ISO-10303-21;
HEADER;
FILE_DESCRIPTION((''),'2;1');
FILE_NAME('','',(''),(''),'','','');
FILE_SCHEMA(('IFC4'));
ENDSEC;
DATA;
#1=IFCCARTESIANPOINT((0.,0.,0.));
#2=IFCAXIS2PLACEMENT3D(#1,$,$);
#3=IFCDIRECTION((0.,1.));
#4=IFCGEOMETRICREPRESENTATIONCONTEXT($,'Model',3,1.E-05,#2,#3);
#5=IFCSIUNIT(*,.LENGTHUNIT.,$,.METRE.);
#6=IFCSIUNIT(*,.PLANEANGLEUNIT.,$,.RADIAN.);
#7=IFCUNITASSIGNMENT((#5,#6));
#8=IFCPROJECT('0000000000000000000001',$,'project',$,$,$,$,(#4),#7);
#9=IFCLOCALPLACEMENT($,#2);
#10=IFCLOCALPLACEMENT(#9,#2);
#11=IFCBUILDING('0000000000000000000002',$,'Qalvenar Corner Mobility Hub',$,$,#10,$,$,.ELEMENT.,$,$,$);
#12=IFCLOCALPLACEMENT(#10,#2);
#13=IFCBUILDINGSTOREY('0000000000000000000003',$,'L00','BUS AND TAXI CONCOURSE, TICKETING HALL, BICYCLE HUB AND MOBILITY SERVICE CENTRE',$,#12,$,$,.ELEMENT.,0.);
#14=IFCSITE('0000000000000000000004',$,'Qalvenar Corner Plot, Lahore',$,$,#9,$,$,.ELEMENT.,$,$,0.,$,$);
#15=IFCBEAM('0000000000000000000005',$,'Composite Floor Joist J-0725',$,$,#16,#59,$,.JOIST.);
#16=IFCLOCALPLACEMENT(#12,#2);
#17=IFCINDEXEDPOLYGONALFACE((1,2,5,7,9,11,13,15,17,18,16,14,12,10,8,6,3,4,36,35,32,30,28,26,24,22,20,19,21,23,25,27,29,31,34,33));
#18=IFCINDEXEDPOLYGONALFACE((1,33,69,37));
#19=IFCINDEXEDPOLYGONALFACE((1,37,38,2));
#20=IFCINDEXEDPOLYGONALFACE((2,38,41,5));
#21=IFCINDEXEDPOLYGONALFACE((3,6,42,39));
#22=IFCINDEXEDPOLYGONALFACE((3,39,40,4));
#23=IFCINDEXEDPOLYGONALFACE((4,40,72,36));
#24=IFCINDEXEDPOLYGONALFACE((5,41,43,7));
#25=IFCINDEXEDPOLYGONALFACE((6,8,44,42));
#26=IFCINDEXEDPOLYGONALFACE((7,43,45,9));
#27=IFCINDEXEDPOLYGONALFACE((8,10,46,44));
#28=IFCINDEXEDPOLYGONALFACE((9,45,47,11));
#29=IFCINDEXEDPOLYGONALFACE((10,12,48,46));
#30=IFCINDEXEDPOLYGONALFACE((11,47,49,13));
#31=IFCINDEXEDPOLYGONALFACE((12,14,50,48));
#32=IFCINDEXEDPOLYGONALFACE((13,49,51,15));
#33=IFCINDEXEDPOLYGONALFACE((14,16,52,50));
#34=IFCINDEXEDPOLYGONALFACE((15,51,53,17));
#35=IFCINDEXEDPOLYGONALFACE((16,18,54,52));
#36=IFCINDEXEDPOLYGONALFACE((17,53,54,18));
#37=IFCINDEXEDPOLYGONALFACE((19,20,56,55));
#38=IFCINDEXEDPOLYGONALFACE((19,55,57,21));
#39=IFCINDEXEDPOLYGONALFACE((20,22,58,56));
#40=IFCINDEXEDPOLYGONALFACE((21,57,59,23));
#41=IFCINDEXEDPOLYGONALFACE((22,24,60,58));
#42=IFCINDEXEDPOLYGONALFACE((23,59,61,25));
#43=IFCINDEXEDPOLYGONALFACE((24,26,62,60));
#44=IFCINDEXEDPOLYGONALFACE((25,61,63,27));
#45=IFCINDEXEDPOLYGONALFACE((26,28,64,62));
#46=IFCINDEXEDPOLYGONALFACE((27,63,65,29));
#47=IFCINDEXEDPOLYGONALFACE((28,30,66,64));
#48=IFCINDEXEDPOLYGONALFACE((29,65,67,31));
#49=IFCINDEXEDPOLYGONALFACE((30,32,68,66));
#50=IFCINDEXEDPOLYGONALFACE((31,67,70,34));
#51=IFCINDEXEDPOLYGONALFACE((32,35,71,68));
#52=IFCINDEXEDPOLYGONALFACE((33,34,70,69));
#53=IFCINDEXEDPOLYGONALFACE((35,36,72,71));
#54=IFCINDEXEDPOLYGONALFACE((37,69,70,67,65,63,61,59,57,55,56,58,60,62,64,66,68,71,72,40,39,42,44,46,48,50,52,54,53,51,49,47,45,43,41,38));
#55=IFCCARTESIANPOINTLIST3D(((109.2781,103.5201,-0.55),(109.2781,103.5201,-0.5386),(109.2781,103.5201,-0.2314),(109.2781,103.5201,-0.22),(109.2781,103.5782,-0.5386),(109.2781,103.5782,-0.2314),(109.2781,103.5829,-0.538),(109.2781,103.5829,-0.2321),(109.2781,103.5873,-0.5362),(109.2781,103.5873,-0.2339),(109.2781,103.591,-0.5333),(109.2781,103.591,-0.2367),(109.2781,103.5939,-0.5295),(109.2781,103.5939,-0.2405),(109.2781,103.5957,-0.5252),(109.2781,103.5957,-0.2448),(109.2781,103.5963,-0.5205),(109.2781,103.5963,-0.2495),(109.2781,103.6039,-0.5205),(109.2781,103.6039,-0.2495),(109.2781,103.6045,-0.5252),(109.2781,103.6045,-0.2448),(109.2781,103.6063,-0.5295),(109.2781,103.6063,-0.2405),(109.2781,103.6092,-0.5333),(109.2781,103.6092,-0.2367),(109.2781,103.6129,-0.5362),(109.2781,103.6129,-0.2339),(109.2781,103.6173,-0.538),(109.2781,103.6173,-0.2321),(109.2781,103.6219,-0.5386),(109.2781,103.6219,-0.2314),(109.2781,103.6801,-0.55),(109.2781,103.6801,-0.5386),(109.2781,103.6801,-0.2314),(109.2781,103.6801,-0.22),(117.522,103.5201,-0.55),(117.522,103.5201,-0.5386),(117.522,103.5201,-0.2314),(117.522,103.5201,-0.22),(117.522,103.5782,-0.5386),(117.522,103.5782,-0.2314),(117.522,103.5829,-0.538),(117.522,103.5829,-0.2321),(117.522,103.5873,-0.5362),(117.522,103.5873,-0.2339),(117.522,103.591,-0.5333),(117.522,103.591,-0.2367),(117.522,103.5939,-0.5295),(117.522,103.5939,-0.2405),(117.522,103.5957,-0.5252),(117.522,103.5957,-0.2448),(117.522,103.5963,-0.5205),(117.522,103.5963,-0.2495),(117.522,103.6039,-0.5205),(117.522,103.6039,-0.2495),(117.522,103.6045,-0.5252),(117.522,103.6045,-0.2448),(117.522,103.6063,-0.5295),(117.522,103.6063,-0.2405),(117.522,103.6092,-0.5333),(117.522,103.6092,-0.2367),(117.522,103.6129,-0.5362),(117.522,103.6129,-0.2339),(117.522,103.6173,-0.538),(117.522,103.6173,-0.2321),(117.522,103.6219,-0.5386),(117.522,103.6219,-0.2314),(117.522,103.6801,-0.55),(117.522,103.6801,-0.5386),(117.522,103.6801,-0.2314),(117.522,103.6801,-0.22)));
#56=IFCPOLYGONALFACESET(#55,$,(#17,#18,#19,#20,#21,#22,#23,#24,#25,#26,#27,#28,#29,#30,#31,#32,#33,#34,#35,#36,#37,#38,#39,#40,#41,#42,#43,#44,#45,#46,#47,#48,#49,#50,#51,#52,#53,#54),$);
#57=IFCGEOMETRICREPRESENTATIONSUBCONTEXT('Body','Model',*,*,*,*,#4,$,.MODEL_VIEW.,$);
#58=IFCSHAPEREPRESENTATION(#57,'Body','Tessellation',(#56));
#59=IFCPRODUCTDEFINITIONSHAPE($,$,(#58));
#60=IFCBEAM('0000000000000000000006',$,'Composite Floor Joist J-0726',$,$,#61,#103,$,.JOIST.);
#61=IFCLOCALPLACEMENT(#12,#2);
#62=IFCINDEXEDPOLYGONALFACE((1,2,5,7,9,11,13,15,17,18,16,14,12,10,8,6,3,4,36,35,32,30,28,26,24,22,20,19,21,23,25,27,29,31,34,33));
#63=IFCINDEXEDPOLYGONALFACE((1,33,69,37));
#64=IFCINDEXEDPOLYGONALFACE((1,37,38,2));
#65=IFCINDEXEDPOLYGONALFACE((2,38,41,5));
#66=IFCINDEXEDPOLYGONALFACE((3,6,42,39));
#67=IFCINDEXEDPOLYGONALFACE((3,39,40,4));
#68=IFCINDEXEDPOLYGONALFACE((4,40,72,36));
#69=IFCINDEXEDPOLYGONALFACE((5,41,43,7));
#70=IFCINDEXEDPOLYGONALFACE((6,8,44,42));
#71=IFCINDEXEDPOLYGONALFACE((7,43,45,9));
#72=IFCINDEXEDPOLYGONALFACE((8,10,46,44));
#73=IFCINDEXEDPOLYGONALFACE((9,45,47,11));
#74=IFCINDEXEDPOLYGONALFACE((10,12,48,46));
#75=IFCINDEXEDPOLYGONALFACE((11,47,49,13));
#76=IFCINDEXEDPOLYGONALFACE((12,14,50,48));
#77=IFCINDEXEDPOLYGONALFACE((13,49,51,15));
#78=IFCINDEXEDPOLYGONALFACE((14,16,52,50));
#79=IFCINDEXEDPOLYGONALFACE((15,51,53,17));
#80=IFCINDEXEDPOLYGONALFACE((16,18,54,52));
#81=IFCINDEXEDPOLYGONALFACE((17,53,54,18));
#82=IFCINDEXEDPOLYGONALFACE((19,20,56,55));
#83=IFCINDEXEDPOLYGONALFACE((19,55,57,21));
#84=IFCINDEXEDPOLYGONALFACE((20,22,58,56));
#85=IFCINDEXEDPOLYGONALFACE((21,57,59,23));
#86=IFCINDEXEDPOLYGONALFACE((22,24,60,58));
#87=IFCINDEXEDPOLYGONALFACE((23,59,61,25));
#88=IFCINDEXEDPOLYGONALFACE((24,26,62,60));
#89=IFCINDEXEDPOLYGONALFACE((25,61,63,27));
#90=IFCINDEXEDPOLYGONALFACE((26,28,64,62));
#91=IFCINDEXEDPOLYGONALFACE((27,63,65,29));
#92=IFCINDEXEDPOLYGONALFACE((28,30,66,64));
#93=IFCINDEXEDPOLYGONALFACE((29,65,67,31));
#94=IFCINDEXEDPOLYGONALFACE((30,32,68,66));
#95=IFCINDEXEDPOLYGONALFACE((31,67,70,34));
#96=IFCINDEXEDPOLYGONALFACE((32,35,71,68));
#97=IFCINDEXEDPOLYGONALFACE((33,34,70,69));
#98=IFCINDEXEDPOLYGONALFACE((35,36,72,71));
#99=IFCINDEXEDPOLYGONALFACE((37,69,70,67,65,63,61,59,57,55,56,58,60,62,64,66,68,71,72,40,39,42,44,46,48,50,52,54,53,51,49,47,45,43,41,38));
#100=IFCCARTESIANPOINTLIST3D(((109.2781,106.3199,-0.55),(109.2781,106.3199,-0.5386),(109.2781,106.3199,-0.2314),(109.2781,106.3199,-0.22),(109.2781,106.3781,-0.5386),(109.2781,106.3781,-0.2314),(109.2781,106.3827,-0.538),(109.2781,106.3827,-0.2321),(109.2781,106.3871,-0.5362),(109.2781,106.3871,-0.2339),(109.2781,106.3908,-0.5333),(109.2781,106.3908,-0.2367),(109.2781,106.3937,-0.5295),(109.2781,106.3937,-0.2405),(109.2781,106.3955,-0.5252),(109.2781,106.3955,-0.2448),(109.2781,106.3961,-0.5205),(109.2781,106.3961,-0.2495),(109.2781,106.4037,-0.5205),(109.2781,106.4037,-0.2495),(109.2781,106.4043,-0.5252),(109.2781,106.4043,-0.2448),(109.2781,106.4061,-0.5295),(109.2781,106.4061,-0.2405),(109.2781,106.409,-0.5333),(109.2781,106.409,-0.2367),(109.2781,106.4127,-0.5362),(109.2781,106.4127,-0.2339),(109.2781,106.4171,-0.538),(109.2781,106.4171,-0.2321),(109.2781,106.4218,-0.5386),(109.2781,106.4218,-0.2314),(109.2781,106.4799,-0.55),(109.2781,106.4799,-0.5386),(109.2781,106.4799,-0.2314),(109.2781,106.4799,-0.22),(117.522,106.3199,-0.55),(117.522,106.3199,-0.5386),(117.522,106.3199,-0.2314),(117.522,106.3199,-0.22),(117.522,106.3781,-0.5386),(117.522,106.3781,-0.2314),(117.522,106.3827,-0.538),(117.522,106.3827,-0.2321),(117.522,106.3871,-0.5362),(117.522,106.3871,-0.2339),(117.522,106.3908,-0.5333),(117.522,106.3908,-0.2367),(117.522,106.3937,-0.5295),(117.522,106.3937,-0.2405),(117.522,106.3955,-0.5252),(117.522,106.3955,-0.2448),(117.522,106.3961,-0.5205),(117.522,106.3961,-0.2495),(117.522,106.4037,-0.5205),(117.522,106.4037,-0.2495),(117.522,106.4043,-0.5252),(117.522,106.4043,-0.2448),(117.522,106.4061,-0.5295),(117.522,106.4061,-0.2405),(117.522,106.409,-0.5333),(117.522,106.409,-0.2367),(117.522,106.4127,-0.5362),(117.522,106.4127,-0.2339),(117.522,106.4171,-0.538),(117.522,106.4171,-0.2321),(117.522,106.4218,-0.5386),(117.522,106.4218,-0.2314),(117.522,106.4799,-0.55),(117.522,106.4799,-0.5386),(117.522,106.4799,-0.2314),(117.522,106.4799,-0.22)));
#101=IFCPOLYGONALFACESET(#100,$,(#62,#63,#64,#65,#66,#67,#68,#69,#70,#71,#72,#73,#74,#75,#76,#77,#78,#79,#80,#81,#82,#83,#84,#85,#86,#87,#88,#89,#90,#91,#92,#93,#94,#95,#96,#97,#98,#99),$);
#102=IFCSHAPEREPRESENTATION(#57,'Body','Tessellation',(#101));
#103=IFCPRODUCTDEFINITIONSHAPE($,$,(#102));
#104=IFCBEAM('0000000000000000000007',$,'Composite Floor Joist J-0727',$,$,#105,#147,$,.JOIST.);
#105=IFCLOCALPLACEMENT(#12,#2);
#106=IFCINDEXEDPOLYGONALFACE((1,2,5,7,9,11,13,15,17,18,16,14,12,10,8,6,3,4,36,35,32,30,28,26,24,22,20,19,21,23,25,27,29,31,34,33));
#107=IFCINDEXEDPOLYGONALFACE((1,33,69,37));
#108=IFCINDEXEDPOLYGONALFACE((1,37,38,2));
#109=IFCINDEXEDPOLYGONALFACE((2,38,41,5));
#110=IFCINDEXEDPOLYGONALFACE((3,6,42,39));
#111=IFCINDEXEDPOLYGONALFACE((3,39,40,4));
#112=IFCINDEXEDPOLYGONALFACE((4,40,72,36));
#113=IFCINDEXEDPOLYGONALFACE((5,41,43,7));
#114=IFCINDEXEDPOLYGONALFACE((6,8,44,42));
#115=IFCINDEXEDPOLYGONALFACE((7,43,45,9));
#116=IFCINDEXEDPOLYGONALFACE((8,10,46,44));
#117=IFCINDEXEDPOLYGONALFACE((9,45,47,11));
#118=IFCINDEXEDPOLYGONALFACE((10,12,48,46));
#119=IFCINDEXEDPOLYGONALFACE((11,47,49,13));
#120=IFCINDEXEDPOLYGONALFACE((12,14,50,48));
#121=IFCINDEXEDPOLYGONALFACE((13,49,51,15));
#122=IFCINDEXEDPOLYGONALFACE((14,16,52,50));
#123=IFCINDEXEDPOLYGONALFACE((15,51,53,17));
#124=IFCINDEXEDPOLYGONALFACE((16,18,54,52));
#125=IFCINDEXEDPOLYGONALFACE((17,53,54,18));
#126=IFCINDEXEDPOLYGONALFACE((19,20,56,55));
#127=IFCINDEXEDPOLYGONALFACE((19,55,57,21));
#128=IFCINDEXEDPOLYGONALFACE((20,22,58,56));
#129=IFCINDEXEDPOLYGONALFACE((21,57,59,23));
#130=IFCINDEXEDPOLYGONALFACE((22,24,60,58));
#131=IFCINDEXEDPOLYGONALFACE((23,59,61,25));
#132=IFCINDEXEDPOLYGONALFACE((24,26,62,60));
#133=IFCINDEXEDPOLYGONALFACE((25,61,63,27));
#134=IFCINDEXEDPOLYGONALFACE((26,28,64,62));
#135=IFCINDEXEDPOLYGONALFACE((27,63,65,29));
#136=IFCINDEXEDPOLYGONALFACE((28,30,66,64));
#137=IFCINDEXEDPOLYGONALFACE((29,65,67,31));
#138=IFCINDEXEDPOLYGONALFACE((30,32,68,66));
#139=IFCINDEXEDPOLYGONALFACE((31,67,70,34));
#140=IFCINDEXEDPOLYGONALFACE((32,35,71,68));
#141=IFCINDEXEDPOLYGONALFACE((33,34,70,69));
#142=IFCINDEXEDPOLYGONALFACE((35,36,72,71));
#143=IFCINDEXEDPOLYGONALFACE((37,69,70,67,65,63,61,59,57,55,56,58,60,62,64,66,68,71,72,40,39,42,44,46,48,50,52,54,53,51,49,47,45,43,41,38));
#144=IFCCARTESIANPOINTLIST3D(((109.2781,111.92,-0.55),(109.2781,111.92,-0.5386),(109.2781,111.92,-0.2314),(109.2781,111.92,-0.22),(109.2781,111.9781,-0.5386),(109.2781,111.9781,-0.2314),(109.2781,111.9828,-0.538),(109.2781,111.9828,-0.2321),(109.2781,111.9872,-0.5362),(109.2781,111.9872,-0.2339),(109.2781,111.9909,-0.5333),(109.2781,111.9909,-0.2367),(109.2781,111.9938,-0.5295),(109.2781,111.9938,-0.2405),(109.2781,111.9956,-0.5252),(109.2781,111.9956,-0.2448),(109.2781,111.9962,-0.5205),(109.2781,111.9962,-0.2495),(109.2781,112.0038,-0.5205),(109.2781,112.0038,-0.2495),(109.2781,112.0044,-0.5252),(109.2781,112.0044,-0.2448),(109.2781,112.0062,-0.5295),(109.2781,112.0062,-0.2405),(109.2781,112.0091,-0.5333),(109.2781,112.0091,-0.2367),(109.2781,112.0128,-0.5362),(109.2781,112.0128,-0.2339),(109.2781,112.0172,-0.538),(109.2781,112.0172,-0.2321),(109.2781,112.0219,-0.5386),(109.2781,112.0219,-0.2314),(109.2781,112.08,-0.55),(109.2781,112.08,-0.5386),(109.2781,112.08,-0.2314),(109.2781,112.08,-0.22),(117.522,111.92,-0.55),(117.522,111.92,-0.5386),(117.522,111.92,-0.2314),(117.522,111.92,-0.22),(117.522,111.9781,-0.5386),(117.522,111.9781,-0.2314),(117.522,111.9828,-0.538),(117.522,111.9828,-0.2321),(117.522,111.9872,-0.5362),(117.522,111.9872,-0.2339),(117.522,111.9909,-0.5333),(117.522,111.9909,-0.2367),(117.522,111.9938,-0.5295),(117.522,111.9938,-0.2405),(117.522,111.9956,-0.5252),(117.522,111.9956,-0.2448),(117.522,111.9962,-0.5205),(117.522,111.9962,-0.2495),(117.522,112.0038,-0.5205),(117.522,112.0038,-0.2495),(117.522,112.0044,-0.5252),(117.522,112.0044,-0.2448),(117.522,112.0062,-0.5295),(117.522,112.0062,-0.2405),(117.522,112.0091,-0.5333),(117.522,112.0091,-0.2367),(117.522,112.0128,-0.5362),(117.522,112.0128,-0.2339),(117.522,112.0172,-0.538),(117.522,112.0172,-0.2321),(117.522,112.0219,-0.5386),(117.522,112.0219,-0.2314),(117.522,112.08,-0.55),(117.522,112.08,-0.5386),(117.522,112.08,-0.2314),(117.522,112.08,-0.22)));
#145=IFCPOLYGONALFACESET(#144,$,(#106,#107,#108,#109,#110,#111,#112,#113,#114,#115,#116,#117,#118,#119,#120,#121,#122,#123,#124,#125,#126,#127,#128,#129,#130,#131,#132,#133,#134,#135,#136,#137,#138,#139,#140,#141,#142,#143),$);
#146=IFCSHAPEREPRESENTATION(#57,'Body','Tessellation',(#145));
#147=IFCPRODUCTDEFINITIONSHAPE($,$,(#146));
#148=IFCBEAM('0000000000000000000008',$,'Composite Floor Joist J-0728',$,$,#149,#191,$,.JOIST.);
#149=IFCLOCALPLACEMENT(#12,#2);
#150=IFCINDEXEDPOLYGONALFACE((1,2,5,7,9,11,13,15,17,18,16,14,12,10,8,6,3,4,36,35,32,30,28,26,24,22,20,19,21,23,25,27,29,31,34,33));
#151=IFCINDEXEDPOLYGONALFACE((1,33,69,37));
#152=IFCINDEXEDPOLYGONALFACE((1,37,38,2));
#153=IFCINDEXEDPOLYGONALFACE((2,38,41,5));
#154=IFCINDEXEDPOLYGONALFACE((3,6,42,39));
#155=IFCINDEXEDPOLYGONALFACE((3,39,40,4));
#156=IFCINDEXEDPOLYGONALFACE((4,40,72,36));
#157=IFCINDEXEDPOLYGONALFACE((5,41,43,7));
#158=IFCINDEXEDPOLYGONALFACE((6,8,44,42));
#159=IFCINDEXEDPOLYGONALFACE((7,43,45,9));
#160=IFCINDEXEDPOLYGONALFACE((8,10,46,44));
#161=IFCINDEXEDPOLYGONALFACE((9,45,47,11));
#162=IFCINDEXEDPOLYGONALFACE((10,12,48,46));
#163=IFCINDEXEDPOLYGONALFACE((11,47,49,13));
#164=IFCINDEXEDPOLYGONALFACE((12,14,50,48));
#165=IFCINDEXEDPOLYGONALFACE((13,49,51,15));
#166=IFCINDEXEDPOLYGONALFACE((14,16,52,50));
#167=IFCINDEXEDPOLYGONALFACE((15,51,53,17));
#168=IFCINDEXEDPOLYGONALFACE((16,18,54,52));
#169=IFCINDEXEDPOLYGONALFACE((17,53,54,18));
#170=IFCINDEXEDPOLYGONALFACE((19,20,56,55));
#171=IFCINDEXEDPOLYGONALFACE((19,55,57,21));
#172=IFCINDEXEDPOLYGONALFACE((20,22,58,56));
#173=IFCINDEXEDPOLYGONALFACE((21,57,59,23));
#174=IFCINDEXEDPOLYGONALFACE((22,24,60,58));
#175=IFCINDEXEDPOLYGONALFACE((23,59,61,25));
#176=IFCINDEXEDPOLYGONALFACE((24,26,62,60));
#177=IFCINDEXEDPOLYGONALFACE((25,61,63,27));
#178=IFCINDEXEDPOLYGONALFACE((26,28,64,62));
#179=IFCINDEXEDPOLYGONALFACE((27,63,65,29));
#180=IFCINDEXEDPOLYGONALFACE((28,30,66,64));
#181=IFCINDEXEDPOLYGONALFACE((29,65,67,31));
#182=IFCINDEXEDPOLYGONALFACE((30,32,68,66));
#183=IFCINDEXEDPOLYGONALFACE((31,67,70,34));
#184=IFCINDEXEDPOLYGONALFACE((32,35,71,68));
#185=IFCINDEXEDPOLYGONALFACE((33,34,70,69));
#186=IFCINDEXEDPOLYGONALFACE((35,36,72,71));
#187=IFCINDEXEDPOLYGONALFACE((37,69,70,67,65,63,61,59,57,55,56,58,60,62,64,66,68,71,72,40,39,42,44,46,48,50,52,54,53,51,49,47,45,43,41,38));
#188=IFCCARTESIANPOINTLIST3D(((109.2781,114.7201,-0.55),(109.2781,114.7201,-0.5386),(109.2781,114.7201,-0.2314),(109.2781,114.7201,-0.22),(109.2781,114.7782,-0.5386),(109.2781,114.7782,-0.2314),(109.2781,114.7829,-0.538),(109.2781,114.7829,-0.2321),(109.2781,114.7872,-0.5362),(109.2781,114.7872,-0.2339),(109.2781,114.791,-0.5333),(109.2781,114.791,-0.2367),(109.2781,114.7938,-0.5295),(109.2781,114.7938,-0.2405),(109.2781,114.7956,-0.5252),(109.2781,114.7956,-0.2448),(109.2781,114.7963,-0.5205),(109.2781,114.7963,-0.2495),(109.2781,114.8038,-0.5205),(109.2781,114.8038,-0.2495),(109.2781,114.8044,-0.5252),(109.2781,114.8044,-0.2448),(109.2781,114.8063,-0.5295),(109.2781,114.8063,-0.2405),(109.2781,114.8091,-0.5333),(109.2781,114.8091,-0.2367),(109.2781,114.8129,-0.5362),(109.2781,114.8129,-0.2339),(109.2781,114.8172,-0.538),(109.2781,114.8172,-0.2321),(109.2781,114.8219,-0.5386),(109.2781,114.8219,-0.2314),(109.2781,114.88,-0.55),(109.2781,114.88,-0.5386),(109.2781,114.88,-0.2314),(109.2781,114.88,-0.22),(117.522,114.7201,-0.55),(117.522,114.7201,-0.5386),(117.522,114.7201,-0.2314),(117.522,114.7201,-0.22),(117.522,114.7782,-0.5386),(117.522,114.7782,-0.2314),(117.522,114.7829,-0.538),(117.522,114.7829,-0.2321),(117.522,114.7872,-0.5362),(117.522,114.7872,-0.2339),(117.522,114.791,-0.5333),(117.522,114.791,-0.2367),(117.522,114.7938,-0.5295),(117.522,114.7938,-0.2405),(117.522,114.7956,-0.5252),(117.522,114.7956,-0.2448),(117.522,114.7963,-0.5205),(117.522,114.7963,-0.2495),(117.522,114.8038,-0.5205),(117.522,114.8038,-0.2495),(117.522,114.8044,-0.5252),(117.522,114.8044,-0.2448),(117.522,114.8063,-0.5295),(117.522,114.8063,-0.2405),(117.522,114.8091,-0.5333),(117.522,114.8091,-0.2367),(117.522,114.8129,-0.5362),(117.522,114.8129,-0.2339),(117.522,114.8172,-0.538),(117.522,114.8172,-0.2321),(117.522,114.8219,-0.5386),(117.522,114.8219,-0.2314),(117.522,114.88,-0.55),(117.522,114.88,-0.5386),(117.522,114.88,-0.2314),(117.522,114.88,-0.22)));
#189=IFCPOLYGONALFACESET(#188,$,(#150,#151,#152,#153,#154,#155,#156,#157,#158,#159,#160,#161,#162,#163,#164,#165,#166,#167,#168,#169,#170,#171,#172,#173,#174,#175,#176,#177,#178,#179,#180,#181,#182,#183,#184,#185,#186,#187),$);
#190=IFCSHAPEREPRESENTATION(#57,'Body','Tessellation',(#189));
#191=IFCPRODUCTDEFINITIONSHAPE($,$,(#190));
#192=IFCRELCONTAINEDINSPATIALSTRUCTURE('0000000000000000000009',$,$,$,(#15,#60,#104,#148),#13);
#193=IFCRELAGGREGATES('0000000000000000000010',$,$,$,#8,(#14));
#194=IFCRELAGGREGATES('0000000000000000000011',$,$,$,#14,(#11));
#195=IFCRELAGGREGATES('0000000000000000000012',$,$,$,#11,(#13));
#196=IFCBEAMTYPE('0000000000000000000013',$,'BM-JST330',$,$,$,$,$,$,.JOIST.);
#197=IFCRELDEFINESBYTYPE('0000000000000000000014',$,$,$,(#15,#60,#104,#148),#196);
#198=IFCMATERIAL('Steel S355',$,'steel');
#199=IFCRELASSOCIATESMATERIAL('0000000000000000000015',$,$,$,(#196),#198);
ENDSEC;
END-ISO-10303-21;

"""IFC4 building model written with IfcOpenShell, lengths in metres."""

from ifc_helpers import new_model, si_unit, direction, frame, origin, origin_2d, place, context, subcontext, project, spatial, i_section, extrude, material, material_profile, profile_set, type_object, element, save


model = new_model("IFC4")

# Units and contexts
model_context = context("Model", 3, precision=1e-05, world=origin(), true_north=direction((0.0, 1.0)))
body_context = subcontext(model_context, "Body", "Model", "MODEL_VIEW")
ifc_project = project(units=[si_unit("LENGTHUNIT", "METRE"), si_unit("PLANEANGLEUNIT", "RADIAN")], contexts=[model_context])

# Site, building, storey
site_placement = place(None, origin())
site = spatial("IfcSite", under=ifc_project, at=site_placement, Name="Qalvenar Corner Plot, Lahore", CompositionType="ELEMENT", RefElevation=0.0)
building_placement = place(site_placement, origin())
building = spatial("IfcBuilding", under=site, at=building_placement, Name="Qalvenar Corner Mobility Hub", CompositionType="ELEMENT")
storey_placement = place(building_placement, origin())
storey = spatial("IfcBuildingStorey", under=building, at=storey_placement, Name="L00", Description="BUS AND TAXI CONCOURSE, TICKETING HALL, BICYCLE HUB AND MOBILITY SERVICE CENTRE", CompositionType="ELEMENT", Elevation=0.0)

# Beams
ifc_material_1 = material(Name="Steel S355", Category="steel")
ifc_material_profile_1 = material_profile(ifc_material_1, i_section(OverallWidth=0.1599, OverallDepth=0.3301, WebThickness=0.0076, FlangeThickness=0.0115, FilletRadius=0.0181, at=origin_2d()), Name="IPE330")
ifc_profile_set_1 = profile_set([ifc_material_profile_1], Name="Steel S355")
beam_type_1 = type_object("IfcBeamType", Name="BM-JST330", PredefinedType="JOIST", material=ifc_profile_set_1)
for number, where, z_axis, x_axis, name in (
    (1, (109.2781, 103.6001, -0.385), (1.0, 0.0, 0.0), (0.0, 1.0, 0.0), "Composite Floor Joist J-0725"),
    (2, (109.2781, 106.3999, -0.385), (1.0, 0.0, 0.0), (0.0, 1.0, 0.0), "Composite Floor Joist J-0726"),
    (3, (109.2781, 112.0, -0.385), (1.0, 0.0, 0.0), (0.0, 1.0, 0.0), "Composite Floor Joist J-0727"),
    (4, (109.2781, 114.8, -0.385), (1.0, 0.0, 0.0), (0.0, 1.0, 0.0), "Composite Floor Joist J-0728"),
):
    element("IfcBeam", number, at=place(storey_placement, frame(where, z_axis=z_axis, x_axis=x_axis)), inside=storey, type_object=beam_type_1, Name=name, PredefinedType="JOIST", context=body_context, shape_type="SweptSolid", body=[
        extrude(i_section(OverallWidth=0.1599, OverallDepth=0.3301, WebThickness=0.0076, FlangeThickness=0.0115, FilletRadius=0.0181, at=origin_2d()), origin(), (0.0, 0.0, 1.0), 8.2439),
    ])

save(model, "model.ifc")
